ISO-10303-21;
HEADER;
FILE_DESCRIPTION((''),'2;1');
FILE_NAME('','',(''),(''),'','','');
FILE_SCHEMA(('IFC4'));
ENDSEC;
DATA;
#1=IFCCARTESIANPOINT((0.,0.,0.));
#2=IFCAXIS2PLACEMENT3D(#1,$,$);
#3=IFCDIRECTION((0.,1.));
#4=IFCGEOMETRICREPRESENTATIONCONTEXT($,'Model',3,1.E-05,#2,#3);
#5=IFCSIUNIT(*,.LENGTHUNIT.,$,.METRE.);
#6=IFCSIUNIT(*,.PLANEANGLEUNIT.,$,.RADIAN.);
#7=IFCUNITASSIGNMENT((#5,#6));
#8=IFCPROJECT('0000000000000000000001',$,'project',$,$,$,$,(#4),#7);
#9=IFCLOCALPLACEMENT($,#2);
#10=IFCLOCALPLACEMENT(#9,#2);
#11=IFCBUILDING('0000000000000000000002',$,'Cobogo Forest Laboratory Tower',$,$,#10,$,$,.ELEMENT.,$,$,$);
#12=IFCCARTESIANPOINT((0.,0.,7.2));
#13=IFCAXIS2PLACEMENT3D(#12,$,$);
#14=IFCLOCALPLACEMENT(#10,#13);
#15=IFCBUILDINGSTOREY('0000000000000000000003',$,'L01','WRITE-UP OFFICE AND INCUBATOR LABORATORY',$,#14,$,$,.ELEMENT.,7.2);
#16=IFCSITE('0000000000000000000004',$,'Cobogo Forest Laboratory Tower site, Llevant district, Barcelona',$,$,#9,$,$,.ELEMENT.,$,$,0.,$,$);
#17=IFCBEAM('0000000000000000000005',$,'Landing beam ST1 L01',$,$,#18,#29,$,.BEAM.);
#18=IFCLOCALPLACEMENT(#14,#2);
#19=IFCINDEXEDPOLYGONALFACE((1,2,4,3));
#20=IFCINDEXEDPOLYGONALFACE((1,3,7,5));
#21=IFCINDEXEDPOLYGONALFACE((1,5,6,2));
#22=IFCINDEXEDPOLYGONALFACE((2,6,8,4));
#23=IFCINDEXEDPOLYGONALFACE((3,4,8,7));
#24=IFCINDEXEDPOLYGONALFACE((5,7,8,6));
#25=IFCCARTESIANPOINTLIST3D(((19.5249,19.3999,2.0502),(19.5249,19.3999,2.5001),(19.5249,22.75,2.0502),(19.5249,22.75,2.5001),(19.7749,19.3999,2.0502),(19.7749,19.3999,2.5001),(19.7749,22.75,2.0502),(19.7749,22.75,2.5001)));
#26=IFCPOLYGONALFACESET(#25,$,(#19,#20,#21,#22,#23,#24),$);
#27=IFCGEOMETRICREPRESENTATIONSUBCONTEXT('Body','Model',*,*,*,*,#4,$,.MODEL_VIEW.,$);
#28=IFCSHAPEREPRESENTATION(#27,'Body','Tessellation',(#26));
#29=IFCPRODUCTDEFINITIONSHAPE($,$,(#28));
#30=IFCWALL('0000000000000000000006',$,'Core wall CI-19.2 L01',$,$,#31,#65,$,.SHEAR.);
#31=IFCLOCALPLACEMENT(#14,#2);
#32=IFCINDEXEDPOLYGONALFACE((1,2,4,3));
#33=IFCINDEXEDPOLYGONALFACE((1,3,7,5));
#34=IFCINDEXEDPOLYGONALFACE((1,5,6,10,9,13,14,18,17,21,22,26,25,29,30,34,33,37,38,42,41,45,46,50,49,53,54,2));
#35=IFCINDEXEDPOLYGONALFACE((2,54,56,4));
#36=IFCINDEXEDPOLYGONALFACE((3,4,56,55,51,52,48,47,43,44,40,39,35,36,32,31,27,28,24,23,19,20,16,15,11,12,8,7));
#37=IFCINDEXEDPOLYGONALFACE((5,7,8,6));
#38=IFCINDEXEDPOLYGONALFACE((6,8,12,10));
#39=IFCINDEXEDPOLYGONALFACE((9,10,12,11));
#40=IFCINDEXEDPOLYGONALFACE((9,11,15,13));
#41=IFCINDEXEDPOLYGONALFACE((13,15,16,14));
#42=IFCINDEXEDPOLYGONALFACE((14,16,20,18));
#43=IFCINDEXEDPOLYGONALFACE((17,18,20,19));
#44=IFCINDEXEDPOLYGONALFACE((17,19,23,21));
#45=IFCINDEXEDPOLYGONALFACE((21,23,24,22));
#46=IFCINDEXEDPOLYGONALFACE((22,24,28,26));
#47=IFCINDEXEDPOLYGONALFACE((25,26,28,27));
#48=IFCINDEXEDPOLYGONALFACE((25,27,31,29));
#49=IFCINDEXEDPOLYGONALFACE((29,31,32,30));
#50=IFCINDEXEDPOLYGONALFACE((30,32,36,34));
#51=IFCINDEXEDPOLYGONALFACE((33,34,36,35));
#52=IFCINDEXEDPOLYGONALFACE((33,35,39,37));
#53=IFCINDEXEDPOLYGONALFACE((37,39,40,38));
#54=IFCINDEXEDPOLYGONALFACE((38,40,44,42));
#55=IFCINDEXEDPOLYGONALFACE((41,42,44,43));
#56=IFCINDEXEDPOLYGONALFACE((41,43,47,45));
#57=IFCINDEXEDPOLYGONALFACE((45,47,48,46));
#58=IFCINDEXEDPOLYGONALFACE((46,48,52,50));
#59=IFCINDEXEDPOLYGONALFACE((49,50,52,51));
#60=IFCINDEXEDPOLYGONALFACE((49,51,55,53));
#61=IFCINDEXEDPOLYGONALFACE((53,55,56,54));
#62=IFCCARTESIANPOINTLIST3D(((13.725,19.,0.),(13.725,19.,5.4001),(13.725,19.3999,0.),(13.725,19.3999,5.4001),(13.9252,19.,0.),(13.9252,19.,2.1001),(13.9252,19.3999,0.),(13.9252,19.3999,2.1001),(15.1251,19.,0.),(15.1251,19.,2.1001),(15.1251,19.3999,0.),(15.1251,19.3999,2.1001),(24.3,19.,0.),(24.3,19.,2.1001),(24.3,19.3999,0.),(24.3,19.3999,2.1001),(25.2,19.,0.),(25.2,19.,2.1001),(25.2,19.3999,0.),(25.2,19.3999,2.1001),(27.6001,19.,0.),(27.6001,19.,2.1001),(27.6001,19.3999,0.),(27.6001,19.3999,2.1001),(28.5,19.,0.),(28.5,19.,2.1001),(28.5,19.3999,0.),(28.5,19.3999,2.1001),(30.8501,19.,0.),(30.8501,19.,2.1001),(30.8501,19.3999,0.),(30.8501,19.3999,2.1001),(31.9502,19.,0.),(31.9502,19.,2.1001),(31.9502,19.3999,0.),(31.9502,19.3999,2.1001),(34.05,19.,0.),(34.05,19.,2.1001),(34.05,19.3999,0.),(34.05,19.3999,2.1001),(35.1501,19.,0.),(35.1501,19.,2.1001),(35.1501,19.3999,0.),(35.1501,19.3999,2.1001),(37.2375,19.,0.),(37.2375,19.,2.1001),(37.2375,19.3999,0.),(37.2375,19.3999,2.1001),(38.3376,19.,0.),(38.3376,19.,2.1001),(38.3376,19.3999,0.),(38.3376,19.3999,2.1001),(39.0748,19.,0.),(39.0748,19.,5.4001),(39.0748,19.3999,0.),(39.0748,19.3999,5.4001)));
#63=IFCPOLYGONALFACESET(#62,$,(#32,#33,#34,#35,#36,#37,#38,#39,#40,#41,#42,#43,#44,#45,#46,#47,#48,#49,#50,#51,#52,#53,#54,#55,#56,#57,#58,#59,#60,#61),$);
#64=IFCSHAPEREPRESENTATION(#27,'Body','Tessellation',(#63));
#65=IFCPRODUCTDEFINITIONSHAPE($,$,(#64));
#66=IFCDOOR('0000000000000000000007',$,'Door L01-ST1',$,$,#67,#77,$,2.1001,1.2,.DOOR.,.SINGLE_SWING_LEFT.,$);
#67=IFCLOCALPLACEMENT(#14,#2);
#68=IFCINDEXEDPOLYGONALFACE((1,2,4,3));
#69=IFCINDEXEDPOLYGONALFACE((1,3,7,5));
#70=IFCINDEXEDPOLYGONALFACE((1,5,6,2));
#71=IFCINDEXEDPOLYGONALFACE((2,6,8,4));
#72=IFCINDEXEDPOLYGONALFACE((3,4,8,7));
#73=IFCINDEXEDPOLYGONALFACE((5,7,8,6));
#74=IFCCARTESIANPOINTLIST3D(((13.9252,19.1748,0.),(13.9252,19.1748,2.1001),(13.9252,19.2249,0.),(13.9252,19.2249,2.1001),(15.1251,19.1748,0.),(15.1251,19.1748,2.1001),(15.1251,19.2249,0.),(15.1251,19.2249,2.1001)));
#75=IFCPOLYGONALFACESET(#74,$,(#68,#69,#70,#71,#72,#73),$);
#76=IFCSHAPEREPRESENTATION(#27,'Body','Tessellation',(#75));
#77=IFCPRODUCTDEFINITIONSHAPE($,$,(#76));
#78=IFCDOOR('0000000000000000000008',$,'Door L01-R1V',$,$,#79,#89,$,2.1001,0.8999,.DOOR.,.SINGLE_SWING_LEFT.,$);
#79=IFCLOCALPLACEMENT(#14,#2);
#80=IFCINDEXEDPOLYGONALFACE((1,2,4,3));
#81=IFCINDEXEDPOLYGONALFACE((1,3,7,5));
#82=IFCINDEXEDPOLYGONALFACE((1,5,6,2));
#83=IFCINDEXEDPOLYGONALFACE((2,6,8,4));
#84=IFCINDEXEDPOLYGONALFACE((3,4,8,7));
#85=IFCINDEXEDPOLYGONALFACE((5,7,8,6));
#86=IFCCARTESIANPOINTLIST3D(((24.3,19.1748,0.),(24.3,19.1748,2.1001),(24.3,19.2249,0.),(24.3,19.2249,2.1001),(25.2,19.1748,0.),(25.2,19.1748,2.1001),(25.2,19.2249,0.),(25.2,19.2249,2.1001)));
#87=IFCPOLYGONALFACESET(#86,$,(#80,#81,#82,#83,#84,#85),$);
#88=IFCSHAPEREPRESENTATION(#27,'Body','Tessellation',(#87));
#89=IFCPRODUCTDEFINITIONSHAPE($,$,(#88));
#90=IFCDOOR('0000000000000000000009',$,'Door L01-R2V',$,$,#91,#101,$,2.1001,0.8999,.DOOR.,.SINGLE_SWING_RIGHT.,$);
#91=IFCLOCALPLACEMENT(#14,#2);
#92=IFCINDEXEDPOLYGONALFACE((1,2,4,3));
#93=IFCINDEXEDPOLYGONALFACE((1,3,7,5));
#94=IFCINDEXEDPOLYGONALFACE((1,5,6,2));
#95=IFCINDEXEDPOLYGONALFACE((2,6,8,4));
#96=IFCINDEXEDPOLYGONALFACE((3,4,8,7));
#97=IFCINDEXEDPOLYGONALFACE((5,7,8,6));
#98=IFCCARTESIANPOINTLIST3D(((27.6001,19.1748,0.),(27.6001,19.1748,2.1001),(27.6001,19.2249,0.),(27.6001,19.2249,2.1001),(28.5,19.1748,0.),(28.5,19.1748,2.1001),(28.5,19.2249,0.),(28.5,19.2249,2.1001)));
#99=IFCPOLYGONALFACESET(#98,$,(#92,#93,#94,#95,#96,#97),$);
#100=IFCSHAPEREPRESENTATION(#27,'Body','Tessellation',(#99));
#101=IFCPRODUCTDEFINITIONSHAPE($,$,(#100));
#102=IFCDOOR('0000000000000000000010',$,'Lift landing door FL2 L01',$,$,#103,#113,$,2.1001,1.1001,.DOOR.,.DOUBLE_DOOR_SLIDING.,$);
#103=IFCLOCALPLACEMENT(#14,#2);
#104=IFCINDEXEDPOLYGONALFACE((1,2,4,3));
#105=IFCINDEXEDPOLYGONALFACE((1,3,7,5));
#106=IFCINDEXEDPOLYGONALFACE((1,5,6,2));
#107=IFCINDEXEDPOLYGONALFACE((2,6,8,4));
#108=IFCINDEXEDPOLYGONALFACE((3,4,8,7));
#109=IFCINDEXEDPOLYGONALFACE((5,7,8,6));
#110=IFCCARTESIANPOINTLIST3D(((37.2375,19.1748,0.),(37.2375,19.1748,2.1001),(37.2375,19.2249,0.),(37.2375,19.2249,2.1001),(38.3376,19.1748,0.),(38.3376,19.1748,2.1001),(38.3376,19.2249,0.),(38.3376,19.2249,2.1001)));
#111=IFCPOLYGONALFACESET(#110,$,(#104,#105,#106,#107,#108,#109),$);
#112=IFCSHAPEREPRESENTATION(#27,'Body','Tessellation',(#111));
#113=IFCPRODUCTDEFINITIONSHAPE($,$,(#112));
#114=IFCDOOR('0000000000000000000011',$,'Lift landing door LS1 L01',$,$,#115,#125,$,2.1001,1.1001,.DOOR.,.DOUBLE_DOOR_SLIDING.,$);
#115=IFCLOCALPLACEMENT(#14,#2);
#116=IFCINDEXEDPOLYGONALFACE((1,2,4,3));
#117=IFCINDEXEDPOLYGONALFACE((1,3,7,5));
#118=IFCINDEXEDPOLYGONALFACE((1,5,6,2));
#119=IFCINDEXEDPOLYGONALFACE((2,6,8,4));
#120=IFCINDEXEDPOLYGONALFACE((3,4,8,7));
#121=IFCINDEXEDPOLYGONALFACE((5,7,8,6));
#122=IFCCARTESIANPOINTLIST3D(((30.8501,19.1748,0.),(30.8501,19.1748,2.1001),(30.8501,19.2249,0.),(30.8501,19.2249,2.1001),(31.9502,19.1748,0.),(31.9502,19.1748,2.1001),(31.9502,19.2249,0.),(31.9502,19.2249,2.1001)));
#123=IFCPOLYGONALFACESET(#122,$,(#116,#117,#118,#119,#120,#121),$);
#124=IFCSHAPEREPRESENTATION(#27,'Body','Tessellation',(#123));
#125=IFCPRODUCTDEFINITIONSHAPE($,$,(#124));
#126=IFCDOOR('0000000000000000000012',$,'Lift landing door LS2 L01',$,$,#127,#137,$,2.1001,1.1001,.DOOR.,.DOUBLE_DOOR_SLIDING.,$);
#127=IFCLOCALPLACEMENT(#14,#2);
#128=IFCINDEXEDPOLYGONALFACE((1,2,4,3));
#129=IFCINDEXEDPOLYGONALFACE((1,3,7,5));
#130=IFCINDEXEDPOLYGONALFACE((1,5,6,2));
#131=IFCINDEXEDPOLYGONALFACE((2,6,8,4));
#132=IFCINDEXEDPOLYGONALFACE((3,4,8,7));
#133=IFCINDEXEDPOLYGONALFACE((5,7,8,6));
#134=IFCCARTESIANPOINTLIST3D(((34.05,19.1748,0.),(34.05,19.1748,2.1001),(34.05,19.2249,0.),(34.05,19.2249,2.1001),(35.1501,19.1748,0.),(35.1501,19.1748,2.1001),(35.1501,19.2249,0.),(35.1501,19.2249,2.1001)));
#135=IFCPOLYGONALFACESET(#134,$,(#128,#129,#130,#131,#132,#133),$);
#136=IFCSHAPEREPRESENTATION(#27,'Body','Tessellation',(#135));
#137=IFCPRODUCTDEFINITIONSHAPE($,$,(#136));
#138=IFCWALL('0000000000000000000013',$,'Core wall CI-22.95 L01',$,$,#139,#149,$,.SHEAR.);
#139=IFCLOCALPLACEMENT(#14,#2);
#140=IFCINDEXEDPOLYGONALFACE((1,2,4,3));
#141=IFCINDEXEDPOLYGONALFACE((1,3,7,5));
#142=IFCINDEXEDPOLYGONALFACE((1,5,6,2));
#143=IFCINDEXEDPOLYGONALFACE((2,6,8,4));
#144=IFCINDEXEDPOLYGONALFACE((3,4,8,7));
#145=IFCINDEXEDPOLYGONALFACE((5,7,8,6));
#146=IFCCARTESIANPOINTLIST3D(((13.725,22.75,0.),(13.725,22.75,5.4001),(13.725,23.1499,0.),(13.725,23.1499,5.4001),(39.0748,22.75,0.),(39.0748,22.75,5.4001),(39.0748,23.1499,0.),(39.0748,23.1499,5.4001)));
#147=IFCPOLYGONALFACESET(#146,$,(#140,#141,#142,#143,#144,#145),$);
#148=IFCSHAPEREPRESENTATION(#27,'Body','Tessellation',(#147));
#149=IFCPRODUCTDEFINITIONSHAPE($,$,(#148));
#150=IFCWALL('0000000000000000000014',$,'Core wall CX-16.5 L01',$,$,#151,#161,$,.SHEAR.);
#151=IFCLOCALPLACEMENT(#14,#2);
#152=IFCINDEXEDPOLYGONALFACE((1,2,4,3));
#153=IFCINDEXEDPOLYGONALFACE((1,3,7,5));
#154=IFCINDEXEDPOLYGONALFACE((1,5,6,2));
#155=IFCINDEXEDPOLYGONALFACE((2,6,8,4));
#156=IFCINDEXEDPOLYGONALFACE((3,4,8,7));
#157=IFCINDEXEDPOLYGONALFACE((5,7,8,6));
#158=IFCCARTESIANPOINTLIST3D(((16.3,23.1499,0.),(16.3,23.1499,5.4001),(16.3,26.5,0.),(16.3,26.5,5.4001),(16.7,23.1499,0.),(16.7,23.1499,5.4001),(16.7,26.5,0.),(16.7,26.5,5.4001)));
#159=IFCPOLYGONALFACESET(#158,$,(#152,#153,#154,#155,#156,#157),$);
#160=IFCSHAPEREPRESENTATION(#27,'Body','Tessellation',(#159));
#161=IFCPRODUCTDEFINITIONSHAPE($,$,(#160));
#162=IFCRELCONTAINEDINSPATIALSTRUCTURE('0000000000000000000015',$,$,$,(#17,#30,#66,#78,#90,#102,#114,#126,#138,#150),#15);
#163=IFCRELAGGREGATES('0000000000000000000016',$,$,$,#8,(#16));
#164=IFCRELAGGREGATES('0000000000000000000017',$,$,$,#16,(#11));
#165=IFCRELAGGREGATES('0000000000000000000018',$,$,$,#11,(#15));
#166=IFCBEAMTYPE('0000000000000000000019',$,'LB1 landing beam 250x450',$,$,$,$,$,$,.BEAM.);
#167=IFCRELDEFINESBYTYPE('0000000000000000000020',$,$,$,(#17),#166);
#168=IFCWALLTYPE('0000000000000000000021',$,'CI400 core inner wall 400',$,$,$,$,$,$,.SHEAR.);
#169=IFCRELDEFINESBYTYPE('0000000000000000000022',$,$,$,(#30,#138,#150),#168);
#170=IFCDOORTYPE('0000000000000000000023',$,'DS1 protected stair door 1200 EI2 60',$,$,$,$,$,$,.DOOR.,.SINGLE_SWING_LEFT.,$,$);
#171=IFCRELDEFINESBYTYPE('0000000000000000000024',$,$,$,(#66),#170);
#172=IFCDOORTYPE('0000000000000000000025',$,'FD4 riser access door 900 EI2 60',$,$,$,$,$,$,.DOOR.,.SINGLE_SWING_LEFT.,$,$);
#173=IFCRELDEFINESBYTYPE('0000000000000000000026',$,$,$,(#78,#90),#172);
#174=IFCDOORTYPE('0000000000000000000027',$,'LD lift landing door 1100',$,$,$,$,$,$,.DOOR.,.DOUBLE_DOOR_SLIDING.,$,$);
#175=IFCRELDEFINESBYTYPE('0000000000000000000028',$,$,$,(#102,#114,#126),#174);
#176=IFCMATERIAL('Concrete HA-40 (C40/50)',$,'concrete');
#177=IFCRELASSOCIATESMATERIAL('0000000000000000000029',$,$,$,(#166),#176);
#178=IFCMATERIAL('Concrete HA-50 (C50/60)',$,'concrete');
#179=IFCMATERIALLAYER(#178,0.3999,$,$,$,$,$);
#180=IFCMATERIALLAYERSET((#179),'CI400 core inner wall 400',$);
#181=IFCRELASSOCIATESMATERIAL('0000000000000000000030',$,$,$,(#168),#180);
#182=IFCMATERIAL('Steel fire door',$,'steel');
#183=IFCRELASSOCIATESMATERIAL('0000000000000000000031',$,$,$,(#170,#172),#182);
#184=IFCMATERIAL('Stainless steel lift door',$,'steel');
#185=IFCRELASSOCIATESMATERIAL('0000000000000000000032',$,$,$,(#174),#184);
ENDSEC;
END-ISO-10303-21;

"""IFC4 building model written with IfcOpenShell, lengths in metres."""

from ifc_helpers import new_model, si_unit, direction, frame, frame_2d, origin, origin_2d, place, context, subcontext, project, spatial, rectangle, extrude, material, layer, layer_set, material_profile, profile_set, type_object, element, fill, save


model = new_model("IFC4")

# Units and contexts
model_context = context("Model", 3, precision=1e-05, world=origin(), true_north=direction((0.0, 1.0)))
body_context = subcontext(model_context, "Body", "Model", "MODEL_VIEW")
ifc_project = project(units=[si_unit("LENGTHUNIT", "METRE"), si_unit("PLANEANGLEUNIT", "RADIAN")], contexts=[model_context])

# Site, building, storey
site_placement = place(None, origin())
site = spatial("IfcSite", under=ifc_project, at=site_placement, Name="Cobogo Forest Laboratory Tower site, Llevant district, Barcelona", CompositionType="ELEMENT", RefElevation=0.0)
building_placement = place(site_placement, origin())
building = spatial("IfcBuilding", under=site, at=building_placement, Name="Cobogo Forest Laboratory Tower", CompositionType="ELEMENT")
storey_placement = place(building_placement, frame((0.0, 0.0, 7.2)))
storey = spatial("IfcBuildingStorey", under=building, at=storey_placement, Name="L01", Description="WRITE-UP OFFICE AND INCUBATOR LABORATORY", CompositionType="ELEMENT", Elevation=7.2)

# Beam
ifc_material_1 = material(Name="Concrete HA-40 (C40/50)", Category="concrete")
ifc_material_profile = material_profile(ifc_material_1, rectangle(XDim=0.25, YDim=0.45, at=origin_2d()), Name="RC 250x450")
ifc_profile_set = profile_set([ifc_material_profile], Name="Concrete HA-40 (C40/50)")
beam_type = type_object("IfcBeamType", Name="LB1 landing beam 250x450", PredefinedType="BEAM", material=ifc_profile_set)
beam_placement = place(storey_placement, frame((19.6499, 19.3999, 2.2751), z_axis=(0.0, 1.0, 0.0), x_axis=(-1.0, 0.0, 0.0)))
element("IfcBeam", 1, at=beam_placement, inside=storey, type_object=beam_type, Name="Landing beam ST1 L01", PredefinedType="BEAM", context=body_context, shape_type="SweptSolid", body=[
    extrude(rectangle(XDim=0.25, YDim=0.45, at=origin_2d()), origin(), (0.0, 0.0, 1.0), 3.3501),
])

# Wall, openings, doors
ifc_material_2 = material(Name="Concrete HA-50 (C50/60)", Category="concrete")
ifc_layer_1 = layer(ifc_material_2, 0.3999)
ifc_layer_set_1 = layer_set([ifc_layer_1], Name="CI400 core inner wall 400")
wall_type_1 = type_object("IfcWallType", Name="CI400 core inner wall 400", PredefinedType="SHEAR", material=ifc_layer_set_1)
wall_1_placement = place(storey_placement, frame((13.7251, 19.2, 0.0), z_axis=(0.0, 0.0, 1.0), x_axis=(1.0, 0.0, 0.0)))
wall_1 = element("IfcWall", 2, at=wall_1_placement, inside=storey, type_object=wall_type_1, Name="Core wall CI-19.2 L01", PredefinedType="SHEAR", context=body_context, shape_type="SweptSolid", body=[
    extrude(rectangle(XDim=25.3499, YDim=0.3999, at=frame_2d((12.6748, 0.0))), origin(), (0.0, 0.0, 1.0), 5.4001),
])
opening_1_placement = place(wall_1_placement, frame((10.575, 0.0, 0.0)))
opening_1 = element("IfcOpeningElement", 3, at=opening_1_placement, cuts=wall_1, PredefinedType="OPENING", context=body_context, shape_type="SweptSolid", body=[
    extrude(rectangle(XDim=0.8999, YDim=2.1001, at=frame_2d((0.45, 1.05))), frame((0.0, 0.21, 0.0), z_axis=(0.0, -1.0, 0.0), x_axis=(1.0, 0.0, 0.0)), (0.0, 0.0, 1.0), 0.4199),
])
opening_2_placement = place(wall_1_placement, frame((13.875, 0.0, 0.0)))
opening_2 = element("IfcOpeningElement", 4, at=opening_2_placement, cuts=wall_1, PredefinedType="OPENING", context=body_context, shape_type="SweptSolid", body=[
    extrude(rectangle(XDim=0.8999, YDim=2.1001, at=frame_2d((0.45, 1.05))), frame((0.0, 0.21, 0.0), z_axis=(0.0, -1.0, 0.0), x_axis=(1.0, 0.0, 0.0)), (0.0, 0.0, 1.0), 0.4199),
])
opening_3_placement = place(wall_1_placement, frame((0.2, 0.0, 0.0)))
opening_3 = element("IfcOpeningElement", 5, at=opening_3_placement, cuts=wall_1, PredefinedType="OPENING", context=body_context, shape_type="SweptSolid", body=[
    extrude(rectangle(XDim=1.2, YDim=2.1001, at=frame_2d((0.6001, 1.05))), frame((0.0, 0.21, 0.0), z_axis=(0.0, -1.0, 0.0), x_axis=(1.0, 0.0, 0.0)), (0.0, 0.0, 1.0), 0.4199),
])
opening_4_placement = place(wall_1_placement, frame((23.5125, 0.0, 0.0)))
opening_4 = element("IfcOpeningElement", 6, at=opening_4_placement, cuts=wall_1, PredefinedType="OPENING", context=body_context, shape_type="SweptSolid", body=[
    extrude(rectangle(XDim=1.1001, YDim=2.1001, at=frame_2d((0.55, 1.05))), frame((0.0, 0.21, 0.0), z_axis=(0.0, -1.0, 0.0), x_axis=(1.0, 0.0, 0.0)), (0.0, 0.0, 1.0), 0.4199),
])
opening_5_placement = place(wall_1_placement, frame((17.125, 0.0, 0.0)))
opening_5 = element("IfcOpeningElement", 7, at=opening_5_placement, cuts=wall_1, PredefinedType="OPENING", context=body_context, shape_type="SweptSolid", body=[
    extrude(rectangle(XDim=1.1001, YDim=2.1001, at=frame_2d((0.55, 1.05))), frame((0.0, 0.21, 0.0), z_axis=(0.0, -1.0, 0.0), x_axis=(1.0, 0.0, 0.0)), (0.0, 0.0, 1.0), 0.4199),
])
opening_6_placement = place(wall_1_placement, frame((20.325, 0.0, 0.0)))
opening_6 = element("IfcOpeningElement", 8, at=opening_6_placement, cuts=wall_1, PredefinedType="OPENING", context=body_context, shape_type="SweptSolid", body=[
    extrude(rectangle(XDim=1.1001, YDim=2.1001, at=frame_2d((0.55, 1.05))), frame((0.0, 0.21, 0.0), z_axis=(0.0, -1.0, 0.0), x_axis=(1.0, 0.0, 0.0)), (0.0, 0.0, 1.0), 0.4199),
])
ifc_material_3 = material(Name="Steel fire door", Category="steel")
door_type_1 = type_object("IfcDoorType", Name="DS1 protected stair door 1200 EI2 60", OperationType="SINGLE_SWING_LEFT", PredefinedType="DOOR", material=ifc_material_3)
door_1_placement = place(opening_3_placement, origin())
door_1 = element("IfcDoor", 9, at=door_1_placement, inside=storey, type_object=door_type_1, Name="Door L01-ST1", OperationType="SINGLE_SWING_LEFT", OverallHeight=2.1001, OverallWidth=1.2, PredefinedType="DOOR", context=body_context, shape_type="SweptSolid", body=[
    extrude(rectangle(XDim=1.2, YDim=2.1001, at=frame_2d((0.6001, 1.05))), frame((0.0, 0.0249, 0.0), z_axis=(0.0, -1.0, 0.0), x_axis=(1.0, 0.0, 0.0)), (0.0, 0.0, 1.0), 0.05),
])
fill(opening_3, door_1)
door_type_2 = type_object("IfcDoorType", Name="FD4 riser access door 900 EI2 60", OperationType="SINGLE_SWING_LEFT", PredefinedType="DOOR", material=ifc_material_3)
door_2_placement = place(opening_1_placement, origin())
door_2 = element("IfcDoor", 10, at=door_2_placement, inside=storey, type_object=door_type_2, Name="Door L01-R1V", OperationType="SINGLE_SWING_LEFT", OverallHeight=2.1001, OverallWidth=0.8999, PredefinedType="DOOR", context=body_context, shape_type="SweptSolid", body=[
    extrude(rectangle(XDim=0.8999, YDim=2.1001, at=frame_2d((0.45, 1.05))), frame((0.0, 0.0249, 0.0), z_axis=(0.0, -1.0, 0.0), x_axis=(1.0, 0.0, 0.0)), (0.0, 0.0, 1.0), 0.05),
])
fill(opening_1, door_2)
door_3_placement = place(opening_2_placement, origin())
door_3 = element("IfcDoor", 11, at=door_3_placement, inside=storey, type_object=door_type_2, Name="Door L01-R2V", OperationType="SINGLE_SWING_RIGHT", OverallHeight=2.1001, OverallWidth=0.8999, PredefinedType="DOOR", context=body_context, shape_type="SweptSolid", body=[
    extrude(rectangle(XDim=0.8999, YDim=2.1001, at=frame_2d((0.45, 1.05))), frame((0.0, 0.0249, 0.0), z_axis=(0.0, -1.0, 0.0), x_axis=(1.0, 0.0, 0.0)), (0.0, 0.0, 1.0), 0.05),
])
fill(opening_2, door_3)
ifc_material_4 = material(Name="Stainless steel lift door", Category="steel")
door_type_3 = type_object("IfcDoorType", Name="LD lift landing door 1100", OperationType="DOUBLE_DOOR_SLIDING", PredefinedType="DOOR", material=ifc_material_4)
door_4_placement = place(opening_4_placement, origin())
door_4 = element("IfcDoor", 12, at=door_4_placement, inside=storey, type_object=door_type_3, Name="Lift landing door FL2 L01", OperationType="DOUBLE_DOOR_SLIDING", OverallHeight=2.1001, OverallWidth=1.1001, PredefinedType="DOOR", context=body_context, shape_type="SweptSolid", body=[
    extrude(rectangle(XDim=1.1001, YDim=2.1001, at=frame_2d((0.55, 1.05))), frame((0.0, 0.0249, 0.0), z_axis=(0.0, -1.0, 0.0), x_axis=(1.0, 0.0, 0.0)), (0.0, 0.0, 1.0), 0.05),
])
fill(opening_4, door_4)
door_5_placement = place(opening_5_placement, origin())
door_5 = element("IfcDoor", 13, at=door_5_placement, inside=storey, type_object=door_type_3, Name="Lift landing door LS1 L01", OperationType="DOUBLE_DOOR_SLIDING", OverallHeight=2.1001, OverallWidth=1.1001, PredefinedType="DOOR", context=body_context, shape_type="SweptSolid", body=[
    extrude(rectangle(XDim=1.1001, YDim=2.1001, at=frame_2d((0.55, 1.05))), frame((0.0, 0.0249, 0.0), z_axis=(0.0, -1.0, 0.0), x_axis=(1.0, 0.0, 0.0)), (0.0, 0.0, 1.0), 0.05),
])
fill(opening_5, door_5)
door_6_placement = place(opening_6_placement, origin())
door_6 = element("IfcDoor", 14, at=door_6_placement, inside=storey, type_object=door_type_3, Name="Lift landing door LS2 L01", OperationType="DOUBLE_DOOR_SLIDING", OverallHeight=2.1001, OverallWidth=1.1001, PredefinedType="DOOR", context=body_context, shape_type="SweptSolid", body=[
    extrude(rectangle(XDim=1.1001, YDim=2.1001, at=frame_2d((0.55, 1.05))), frame((0.0, 0.0249, 0.0), z_axis=(0.0, -1.0, 0.0), x_axis=(1.0, 0.0, 0.0)), (0.0, 0.0, 1.0), 0.05),
])
fill(opening_6, door_6)

# Walls
wall_2_placement = place(storey_placement, frame((13.7251, 22.95, 0.0), z_axis=(0.0, 0.0, 1.0), x_axis=(1.0, 0.0, 0.0)))
element("IfcWall", 15, at=wall_2_placement, inside=storey, type_object=wall_type_1, Name="Core wall CI-22.95 L01", PredefinedType="SHEAR", context=body_context, shape_type="SweptSolid", body=[
    extrude(rectangle(XDim=25.3499, YDim=0.3999, at=frame_2d((12.6748, 0.0))), origin(), (0.0, 0.0, 1.0), 5.4001),
])
wall_3_placement = place(storey_placement, frame((16.5, 23.1499, 0.0), z_axis=(0.0, 0.0, 1.0), x_axis=(0.0, 1.0, 0.0)))
element("IfcWall", 16, at=wall_3_placement, inside=storey, type_object=wall_type_1, Name="Core wall CX-16.5 L01", PredefinedType="SHEAR", context=body_context, shape_type="SweptSolid", body=[
    extrude(rectangle(XDim=3.3501, YDim=0.3999, at=frame_2d((1.675, 0.0))), origin(), (0.0, 0.0, 1.0), 5.4001),
])

save(model, "model.ifc")
